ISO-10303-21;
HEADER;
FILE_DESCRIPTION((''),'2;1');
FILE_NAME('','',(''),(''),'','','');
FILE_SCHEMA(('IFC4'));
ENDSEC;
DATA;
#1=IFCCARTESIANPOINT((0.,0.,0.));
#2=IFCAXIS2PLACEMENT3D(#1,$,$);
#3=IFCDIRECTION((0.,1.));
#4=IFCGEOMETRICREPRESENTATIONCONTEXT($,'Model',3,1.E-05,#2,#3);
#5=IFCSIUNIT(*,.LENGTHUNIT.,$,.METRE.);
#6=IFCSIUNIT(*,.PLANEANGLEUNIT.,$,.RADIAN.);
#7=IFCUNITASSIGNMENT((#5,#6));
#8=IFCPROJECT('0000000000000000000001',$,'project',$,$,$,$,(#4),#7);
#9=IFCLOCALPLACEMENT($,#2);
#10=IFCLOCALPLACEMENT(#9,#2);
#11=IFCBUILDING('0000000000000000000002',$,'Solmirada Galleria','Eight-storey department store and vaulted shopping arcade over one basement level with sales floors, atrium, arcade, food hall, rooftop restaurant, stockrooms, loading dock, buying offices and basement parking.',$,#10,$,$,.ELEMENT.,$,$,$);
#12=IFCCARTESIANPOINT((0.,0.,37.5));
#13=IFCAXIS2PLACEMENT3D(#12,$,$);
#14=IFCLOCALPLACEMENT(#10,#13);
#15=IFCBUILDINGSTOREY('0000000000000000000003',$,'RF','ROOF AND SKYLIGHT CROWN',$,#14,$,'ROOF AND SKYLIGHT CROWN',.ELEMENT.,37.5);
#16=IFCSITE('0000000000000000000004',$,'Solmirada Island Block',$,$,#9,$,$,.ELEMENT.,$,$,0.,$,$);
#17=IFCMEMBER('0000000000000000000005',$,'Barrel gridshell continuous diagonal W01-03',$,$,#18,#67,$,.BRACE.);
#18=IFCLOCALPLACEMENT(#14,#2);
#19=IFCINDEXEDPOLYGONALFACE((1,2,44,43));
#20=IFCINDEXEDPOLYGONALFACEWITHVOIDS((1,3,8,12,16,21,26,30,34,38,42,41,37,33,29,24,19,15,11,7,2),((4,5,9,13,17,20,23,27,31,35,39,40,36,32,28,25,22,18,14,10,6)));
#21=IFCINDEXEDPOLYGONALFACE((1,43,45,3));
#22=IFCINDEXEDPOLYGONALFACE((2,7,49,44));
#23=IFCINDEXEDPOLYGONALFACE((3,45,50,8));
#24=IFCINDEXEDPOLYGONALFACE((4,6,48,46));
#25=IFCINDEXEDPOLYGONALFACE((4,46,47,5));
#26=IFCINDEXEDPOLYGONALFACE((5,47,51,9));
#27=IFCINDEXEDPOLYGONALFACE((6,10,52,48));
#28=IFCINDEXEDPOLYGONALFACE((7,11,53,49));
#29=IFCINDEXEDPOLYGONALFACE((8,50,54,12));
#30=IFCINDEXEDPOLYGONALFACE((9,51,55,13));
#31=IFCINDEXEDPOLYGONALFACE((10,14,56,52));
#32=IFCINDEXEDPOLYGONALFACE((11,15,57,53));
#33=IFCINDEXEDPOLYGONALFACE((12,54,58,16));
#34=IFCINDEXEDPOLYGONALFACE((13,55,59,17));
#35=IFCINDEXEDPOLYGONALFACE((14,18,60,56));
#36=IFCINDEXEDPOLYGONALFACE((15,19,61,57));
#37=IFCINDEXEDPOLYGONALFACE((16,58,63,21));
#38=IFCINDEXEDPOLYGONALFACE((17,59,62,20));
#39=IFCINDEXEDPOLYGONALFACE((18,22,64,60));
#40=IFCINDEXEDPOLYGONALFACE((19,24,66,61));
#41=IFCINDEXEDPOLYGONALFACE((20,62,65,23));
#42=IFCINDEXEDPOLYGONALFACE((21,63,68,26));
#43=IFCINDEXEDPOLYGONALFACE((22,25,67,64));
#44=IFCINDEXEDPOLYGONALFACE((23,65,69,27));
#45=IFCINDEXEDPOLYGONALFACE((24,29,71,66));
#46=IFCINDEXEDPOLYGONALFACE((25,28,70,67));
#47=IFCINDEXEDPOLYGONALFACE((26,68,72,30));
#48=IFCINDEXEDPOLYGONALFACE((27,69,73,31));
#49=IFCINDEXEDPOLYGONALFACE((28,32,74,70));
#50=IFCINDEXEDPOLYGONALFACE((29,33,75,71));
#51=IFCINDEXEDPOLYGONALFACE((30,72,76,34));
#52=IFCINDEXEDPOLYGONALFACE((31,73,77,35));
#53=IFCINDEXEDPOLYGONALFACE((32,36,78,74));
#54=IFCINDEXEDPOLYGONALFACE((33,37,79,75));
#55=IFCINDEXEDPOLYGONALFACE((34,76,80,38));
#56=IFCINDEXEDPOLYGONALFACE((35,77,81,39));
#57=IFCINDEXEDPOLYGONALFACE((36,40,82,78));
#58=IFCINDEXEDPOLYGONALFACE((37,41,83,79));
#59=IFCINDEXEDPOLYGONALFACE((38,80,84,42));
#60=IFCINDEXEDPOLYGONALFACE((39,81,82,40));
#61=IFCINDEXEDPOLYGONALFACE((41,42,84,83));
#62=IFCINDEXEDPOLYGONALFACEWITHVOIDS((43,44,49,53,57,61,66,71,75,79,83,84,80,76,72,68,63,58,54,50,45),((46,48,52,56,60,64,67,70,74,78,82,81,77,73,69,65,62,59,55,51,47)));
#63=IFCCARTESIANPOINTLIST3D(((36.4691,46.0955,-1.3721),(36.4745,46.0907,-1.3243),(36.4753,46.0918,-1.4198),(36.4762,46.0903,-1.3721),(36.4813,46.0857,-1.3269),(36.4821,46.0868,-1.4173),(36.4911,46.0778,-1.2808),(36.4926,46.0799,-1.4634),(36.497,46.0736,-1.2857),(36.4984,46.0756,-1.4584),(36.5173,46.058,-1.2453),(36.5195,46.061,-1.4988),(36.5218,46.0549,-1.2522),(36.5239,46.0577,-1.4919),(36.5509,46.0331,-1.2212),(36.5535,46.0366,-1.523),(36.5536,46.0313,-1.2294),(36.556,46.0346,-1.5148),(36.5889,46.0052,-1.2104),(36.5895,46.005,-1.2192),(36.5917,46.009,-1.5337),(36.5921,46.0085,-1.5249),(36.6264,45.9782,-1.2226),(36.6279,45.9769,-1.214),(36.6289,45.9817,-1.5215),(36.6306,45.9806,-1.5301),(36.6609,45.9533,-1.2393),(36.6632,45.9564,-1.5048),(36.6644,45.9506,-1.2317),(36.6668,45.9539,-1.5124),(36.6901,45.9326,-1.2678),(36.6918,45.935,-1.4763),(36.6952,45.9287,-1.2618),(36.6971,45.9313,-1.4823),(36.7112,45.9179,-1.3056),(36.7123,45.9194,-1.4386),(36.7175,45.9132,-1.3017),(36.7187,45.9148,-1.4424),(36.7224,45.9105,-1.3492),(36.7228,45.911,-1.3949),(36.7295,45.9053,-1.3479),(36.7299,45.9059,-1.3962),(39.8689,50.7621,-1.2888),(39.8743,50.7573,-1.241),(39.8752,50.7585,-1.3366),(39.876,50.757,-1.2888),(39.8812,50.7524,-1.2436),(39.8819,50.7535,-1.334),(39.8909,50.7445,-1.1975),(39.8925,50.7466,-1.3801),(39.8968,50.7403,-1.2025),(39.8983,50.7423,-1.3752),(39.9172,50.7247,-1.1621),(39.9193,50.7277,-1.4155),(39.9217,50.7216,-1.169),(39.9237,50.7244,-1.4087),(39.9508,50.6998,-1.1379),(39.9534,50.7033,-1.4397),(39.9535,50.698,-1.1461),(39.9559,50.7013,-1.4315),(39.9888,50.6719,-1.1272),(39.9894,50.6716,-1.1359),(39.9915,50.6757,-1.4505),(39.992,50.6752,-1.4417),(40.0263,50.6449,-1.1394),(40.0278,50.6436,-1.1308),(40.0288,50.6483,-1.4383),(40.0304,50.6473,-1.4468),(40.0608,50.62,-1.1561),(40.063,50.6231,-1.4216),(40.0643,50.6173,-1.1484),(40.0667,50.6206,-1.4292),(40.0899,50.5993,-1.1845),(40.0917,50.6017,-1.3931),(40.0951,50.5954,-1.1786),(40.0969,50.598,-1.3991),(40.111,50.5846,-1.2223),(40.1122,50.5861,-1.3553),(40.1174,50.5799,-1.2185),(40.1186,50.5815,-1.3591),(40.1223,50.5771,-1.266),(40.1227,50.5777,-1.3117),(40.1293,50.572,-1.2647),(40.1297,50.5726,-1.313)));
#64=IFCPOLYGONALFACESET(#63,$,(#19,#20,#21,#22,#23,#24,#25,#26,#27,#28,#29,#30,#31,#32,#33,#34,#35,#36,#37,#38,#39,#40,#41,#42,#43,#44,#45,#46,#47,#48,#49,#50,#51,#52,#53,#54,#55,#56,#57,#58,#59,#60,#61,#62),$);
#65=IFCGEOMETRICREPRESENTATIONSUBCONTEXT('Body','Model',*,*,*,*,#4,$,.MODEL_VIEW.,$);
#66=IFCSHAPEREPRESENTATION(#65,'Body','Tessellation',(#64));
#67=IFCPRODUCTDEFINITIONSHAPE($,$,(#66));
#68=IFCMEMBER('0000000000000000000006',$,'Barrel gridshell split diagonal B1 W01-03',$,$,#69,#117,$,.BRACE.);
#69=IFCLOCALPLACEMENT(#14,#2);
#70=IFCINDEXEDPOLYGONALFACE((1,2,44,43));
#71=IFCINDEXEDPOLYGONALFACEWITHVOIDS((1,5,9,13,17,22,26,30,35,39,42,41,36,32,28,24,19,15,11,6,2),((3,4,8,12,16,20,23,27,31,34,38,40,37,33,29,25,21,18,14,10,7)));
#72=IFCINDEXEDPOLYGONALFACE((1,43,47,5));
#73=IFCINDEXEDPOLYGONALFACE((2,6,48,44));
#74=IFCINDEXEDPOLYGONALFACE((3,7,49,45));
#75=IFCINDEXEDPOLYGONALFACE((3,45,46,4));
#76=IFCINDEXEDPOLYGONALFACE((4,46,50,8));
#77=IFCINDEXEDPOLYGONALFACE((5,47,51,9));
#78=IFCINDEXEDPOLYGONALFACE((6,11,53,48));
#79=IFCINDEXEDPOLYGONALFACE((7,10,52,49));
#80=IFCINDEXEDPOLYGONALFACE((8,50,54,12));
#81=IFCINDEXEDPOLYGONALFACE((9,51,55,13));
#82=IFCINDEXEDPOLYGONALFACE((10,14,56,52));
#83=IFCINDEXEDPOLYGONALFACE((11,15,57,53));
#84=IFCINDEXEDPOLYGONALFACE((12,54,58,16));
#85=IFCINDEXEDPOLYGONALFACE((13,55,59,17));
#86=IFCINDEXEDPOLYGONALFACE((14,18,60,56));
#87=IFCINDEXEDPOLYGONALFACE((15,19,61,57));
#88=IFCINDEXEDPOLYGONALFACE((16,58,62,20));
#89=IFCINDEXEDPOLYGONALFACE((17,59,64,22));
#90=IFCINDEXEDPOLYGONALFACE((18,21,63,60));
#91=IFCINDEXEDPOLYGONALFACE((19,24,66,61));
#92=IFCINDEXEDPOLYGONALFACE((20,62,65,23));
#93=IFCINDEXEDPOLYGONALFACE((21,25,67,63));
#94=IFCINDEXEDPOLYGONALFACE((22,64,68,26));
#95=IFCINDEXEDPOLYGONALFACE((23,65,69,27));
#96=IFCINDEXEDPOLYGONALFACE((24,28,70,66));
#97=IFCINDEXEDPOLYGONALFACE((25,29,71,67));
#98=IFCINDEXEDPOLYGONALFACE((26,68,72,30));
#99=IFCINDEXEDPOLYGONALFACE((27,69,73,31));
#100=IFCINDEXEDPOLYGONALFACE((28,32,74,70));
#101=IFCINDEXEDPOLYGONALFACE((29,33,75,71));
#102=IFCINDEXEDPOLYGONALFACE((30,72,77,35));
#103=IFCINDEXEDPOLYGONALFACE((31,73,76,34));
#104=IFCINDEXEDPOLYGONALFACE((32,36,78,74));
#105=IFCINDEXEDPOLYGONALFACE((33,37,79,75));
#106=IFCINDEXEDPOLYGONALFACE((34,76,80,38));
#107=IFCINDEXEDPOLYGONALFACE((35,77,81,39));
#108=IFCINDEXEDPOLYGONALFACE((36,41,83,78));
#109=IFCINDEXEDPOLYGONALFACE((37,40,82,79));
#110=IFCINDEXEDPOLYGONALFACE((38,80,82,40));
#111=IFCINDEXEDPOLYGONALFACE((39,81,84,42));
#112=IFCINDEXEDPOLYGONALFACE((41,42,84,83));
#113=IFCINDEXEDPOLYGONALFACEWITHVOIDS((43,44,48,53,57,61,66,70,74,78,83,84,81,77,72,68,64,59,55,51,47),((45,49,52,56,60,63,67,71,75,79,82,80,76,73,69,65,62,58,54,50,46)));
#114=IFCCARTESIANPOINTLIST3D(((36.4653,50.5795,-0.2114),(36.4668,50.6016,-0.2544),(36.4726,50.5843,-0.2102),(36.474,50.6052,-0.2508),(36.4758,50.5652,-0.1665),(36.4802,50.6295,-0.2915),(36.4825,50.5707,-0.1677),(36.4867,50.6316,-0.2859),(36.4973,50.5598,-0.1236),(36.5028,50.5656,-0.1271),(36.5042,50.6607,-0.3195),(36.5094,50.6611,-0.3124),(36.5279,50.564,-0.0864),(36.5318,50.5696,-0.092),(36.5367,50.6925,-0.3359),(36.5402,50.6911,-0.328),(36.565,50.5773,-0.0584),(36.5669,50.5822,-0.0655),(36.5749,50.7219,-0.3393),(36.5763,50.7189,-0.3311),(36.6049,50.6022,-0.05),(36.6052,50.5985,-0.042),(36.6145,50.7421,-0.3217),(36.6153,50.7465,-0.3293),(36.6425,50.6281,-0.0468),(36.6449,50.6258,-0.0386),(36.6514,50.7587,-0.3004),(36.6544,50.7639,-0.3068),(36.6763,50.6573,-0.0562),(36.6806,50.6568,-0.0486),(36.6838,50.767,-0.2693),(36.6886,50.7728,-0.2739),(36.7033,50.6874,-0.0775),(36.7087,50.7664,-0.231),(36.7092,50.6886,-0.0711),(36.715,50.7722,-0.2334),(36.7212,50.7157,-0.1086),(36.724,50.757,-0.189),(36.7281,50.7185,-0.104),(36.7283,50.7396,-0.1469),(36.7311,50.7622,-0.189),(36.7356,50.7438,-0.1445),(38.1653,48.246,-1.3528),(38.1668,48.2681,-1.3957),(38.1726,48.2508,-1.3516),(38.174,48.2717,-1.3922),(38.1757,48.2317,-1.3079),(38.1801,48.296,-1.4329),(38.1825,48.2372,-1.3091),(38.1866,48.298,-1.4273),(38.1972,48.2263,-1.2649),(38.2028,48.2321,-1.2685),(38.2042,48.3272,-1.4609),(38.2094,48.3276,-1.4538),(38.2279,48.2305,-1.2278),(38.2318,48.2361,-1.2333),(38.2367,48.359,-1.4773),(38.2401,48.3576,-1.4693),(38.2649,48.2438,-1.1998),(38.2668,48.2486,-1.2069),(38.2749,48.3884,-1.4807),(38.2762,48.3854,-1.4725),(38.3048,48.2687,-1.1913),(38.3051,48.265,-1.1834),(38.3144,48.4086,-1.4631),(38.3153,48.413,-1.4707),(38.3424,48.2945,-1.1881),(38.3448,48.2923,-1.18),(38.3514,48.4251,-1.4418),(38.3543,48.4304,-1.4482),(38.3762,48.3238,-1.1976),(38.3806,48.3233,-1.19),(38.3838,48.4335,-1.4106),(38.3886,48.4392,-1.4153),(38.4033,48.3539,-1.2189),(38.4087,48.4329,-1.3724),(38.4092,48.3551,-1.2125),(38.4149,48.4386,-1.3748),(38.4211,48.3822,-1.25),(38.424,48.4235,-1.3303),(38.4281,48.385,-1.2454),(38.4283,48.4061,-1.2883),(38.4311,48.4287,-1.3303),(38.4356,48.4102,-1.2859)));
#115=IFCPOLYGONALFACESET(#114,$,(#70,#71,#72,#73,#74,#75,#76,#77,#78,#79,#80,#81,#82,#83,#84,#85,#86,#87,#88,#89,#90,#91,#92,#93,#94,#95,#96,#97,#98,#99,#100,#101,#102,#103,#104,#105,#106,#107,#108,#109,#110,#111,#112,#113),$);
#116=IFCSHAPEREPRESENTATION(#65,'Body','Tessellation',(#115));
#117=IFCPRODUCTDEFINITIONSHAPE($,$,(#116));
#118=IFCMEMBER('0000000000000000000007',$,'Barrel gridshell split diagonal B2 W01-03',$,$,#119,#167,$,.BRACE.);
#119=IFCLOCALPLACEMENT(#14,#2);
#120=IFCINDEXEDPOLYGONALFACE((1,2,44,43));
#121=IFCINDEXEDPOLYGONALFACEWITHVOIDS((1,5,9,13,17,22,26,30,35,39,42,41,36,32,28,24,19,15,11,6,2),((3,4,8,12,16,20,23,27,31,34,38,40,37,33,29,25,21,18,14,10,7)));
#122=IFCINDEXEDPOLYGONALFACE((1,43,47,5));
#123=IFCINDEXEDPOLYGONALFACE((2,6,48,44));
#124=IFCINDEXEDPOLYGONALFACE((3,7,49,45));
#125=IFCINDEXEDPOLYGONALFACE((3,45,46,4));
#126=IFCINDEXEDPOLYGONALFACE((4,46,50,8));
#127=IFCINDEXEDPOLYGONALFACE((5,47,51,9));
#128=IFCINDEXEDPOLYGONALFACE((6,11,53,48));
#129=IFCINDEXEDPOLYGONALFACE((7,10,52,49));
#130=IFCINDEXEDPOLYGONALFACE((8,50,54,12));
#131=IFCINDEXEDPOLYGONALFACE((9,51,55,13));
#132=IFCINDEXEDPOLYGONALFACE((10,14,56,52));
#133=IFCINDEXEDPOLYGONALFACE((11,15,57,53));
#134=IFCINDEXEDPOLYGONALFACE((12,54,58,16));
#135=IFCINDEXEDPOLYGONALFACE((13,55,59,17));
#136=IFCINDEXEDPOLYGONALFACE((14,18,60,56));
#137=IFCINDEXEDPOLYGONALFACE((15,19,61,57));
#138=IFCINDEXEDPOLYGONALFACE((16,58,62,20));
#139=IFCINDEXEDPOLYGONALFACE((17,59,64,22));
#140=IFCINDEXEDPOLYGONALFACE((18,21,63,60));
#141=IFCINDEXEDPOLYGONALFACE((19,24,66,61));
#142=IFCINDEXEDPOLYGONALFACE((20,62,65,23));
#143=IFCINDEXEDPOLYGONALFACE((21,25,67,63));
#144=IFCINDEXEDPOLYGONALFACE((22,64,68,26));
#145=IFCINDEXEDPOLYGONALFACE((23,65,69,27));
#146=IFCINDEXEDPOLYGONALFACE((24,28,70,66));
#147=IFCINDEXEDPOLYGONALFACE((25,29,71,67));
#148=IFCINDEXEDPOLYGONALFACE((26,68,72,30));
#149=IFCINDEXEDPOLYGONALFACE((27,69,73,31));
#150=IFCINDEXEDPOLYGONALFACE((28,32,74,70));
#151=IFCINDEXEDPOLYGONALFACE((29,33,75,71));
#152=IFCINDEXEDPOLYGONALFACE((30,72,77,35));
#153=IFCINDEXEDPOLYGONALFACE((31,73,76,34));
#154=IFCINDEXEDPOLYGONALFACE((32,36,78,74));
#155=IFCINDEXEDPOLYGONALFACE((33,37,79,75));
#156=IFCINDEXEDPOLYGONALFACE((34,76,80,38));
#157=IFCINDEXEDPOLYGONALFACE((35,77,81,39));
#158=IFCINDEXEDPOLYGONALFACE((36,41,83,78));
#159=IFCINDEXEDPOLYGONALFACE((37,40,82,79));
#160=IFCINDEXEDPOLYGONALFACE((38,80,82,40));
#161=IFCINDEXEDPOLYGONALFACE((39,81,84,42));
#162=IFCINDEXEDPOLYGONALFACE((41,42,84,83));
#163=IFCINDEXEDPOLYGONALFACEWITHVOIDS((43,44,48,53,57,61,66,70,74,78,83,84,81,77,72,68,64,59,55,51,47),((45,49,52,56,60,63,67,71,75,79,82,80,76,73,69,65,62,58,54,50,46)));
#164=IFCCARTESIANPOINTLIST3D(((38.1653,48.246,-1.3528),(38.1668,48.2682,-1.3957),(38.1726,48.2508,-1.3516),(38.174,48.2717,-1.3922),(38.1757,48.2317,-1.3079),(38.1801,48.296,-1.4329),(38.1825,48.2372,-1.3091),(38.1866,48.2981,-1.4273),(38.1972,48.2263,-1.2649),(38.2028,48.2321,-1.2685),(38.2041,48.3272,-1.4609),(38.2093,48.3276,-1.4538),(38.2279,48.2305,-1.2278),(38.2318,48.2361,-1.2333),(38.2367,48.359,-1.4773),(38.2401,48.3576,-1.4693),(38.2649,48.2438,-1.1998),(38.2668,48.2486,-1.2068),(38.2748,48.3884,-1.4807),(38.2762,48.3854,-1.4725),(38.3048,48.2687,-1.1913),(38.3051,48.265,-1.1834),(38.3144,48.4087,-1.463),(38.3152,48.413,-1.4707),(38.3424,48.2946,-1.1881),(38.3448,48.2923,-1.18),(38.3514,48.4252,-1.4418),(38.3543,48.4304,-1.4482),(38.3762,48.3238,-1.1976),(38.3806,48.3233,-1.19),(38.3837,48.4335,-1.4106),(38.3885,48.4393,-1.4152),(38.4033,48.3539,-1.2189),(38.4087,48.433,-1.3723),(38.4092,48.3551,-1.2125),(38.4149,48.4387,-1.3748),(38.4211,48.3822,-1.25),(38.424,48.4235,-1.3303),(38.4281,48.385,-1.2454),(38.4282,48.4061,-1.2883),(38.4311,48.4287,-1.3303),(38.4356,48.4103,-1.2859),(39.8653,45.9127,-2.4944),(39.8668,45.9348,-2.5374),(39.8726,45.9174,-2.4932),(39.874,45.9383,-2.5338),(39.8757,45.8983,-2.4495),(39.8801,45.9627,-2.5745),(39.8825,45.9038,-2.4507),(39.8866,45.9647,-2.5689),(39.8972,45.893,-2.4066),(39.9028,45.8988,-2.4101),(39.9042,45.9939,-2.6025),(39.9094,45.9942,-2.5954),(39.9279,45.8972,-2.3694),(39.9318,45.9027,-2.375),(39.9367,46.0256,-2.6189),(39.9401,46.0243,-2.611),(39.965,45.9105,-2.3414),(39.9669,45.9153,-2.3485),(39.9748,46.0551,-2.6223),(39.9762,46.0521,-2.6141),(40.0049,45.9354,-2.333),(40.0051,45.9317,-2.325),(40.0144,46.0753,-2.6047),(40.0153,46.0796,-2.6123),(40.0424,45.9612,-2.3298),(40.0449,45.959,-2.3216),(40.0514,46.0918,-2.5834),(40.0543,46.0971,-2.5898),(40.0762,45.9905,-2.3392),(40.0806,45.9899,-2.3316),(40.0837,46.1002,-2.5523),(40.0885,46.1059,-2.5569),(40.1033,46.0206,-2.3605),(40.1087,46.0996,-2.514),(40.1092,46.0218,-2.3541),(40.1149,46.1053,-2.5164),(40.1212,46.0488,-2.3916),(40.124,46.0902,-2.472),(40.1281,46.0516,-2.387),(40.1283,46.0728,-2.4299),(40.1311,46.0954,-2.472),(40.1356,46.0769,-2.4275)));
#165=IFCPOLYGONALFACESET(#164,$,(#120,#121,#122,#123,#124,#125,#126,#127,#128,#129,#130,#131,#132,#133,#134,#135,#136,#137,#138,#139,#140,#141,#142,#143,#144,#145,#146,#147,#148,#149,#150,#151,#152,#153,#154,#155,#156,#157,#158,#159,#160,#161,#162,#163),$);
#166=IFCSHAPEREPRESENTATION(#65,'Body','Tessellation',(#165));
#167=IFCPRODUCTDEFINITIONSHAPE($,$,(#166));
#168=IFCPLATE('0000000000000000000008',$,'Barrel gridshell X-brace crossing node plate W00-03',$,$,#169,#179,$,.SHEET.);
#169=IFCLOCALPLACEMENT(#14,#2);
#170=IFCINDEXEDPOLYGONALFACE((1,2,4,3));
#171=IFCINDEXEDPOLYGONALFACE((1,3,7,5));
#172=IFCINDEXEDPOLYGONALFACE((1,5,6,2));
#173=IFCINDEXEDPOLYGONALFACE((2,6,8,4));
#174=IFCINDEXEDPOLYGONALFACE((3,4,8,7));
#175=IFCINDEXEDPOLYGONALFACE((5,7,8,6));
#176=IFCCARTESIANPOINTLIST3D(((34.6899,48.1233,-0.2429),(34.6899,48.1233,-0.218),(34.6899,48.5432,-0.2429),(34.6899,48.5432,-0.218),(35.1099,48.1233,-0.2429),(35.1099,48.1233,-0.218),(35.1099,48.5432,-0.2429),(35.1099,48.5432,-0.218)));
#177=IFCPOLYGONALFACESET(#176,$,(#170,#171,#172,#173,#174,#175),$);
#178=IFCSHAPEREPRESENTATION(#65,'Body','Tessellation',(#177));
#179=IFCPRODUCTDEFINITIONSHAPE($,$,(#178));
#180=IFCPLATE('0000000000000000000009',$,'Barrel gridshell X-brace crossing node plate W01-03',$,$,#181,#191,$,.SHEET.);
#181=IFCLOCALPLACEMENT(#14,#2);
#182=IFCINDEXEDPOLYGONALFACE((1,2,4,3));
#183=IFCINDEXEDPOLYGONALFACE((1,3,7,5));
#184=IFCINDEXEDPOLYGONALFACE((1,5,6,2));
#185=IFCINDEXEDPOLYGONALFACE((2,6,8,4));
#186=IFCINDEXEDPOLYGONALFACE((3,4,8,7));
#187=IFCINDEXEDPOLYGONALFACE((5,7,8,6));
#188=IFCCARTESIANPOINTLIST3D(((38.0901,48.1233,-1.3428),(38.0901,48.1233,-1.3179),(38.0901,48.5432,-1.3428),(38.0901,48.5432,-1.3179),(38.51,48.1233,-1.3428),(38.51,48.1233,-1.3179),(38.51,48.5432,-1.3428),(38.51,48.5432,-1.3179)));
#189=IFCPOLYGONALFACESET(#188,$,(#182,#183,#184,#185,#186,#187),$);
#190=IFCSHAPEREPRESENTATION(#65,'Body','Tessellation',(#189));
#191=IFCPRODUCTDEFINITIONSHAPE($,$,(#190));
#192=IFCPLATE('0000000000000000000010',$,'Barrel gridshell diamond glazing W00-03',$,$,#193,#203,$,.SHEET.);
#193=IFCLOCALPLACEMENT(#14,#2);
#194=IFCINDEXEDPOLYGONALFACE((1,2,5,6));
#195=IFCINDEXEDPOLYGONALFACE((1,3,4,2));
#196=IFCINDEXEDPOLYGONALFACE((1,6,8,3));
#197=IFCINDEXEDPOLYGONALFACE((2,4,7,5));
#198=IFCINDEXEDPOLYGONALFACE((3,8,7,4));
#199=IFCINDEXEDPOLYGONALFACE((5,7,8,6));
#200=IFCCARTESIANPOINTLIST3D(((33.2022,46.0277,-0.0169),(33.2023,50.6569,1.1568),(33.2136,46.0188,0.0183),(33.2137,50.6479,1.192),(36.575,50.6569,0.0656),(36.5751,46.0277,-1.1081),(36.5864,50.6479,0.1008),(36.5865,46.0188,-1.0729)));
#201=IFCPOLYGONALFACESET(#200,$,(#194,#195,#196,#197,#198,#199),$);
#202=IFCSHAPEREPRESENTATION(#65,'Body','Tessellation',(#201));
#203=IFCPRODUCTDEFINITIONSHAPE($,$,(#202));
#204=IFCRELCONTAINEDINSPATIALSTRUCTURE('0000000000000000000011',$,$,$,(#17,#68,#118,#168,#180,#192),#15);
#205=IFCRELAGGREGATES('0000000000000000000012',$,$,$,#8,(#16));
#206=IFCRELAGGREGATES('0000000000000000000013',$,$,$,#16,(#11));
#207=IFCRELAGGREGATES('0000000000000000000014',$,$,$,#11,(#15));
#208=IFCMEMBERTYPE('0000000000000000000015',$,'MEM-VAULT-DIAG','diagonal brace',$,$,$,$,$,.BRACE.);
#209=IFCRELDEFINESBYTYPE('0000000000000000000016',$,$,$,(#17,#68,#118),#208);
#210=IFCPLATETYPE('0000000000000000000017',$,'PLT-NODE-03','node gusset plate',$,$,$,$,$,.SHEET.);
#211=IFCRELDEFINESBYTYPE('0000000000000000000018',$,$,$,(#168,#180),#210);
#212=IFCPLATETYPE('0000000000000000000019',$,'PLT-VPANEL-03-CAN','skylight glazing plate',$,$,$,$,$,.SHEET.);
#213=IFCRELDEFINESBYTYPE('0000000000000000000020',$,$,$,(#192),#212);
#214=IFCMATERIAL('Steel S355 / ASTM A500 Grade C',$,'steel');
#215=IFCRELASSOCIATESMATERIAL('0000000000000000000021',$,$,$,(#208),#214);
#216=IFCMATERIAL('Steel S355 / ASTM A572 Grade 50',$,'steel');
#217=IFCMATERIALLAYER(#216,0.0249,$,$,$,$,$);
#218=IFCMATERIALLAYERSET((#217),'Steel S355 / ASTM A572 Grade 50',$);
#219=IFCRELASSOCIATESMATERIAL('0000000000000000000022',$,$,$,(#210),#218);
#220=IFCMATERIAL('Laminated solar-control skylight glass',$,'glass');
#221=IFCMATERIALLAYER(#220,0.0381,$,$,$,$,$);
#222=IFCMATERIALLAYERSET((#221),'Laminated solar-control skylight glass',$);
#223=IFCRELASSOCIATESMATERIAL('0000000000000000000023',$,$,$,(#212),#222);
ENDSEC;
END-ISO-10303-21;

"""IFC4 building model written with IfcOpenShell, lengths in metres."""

from ifc_helpers import new_model, si_unit, direction, frame, origin, origin_2d, place, context, subcontext, project, spatial, polyline, rectangle, hollow_circle, outline, extrude, material, layer, layer_set, material_profile, profile_set, type_object, element, save


model = new_model("IFC4")

# Units and contexts
model_context = context("Model", 3, precision=1e-05, world=origin(), true_north=direction((0.0, 1.0)))
body_context = subcontext(model_context, "Body", "Model", "MODEL_VIEW")
ifc_project = project(units=[si_unit("LENGTHUNIT", "METRE"), si_unit("PLANEANGLEUNIT", "RADIAN")], contexts=[model_context])

# Site, building, storey
site_placement = place(None, origin())
site = spatial("IfcSite", under=ifc_project, at=site_placement, Name="Solmirada Island Block", CompositionType="ELEMENT", RefElevation=0.0)
building_placement = place(site_placement, origin())
building = spatial("IfcBuilding", under=site, at=building_placement, Name="Solmirada Galleria", Description="Eight-storey department store and vaulted shopping arcade over one basement level with sales floors, atrium, arcade, food hall, rooftop restaurant, stockrooms, loading dock, buying offices and basement parking.", CompositionType="ELEMENT")
storey_placement = place(building_placement, frame((0.0, 0.0, 37.5)))
storey = spatial("IfcBuildingStorey", under=building, at=storey_placement, Name="RF", Description="ROOF AND SKYLIGHT CROWN", LongName="ROOF AND SKYLIGHT CROWN", CompositionType="ELEMENT", Elevation=37.5)

# Members
ifc_material_1 = material(Name="Steel S355 / ASTM A500 Grade C", Category="steel")
ifc_material_profile_1 = material_profile(ifc_material_1, hollow_circle(Radius=0.1621, WallThickness=0.0088, at=origin_2d()), Name="HSS12.750X0.375")
ifc_profile_set_1 = profile_set([ifc_material_profile_1], Name="Steel S355 / ASTM A500 Grade C")
member_type_1 = type_object("IfcMemberType", Name="MEM-VAULT-DIAG", Description="diagonal brace", PredefinedType="BRACE", material=ifc_profile_set_1)
member_1_placement = place(storey_placement, frame((36.6001, 46.0, -1.3721), z_axis=(0.588779, 0.808165, 0.014417), x_axis=(-0.808249, 0.58884, 0.0)))
element("IfcMember", 1, at=member_1_placement, inside=storey, type_object=member_type_1, Name="Barrel gridshell continuous diagonal W01-03", PredefinedType="BRACE", context=body_context, shape_type="SweptSolid", body=[
    extrude(hollow_circle(Radius=0.1621, WallThickness=0.0088, at=origin_2d()), origin(), (0.0, 0.0, 1.0), 5.7744),
])
for number, where, z_axis, x_axis, name in (
    (2, (36.6001, 50.6667, -0.189), (0.547582, -0.751657, -0.36765), (0.808264, 0.58882, 0.0), "Barrel gridshell split diagonal B1 W01-03"),
    (3, (38.3, 48.3333, -1.3303), (0.547598, -0.751601, -0.367739), (0.808235, 0.58886, 0.0), "Barrel gridshell split diagonal B2 W01-03"),
):
    element("IfcMember", number, at=place(storey_placement, frame(where, z_axis=z_axis, x_axis=x_axis)), inside=storey, type_object=member_type_1, Name=name, PredefinedType="BRACE", context=body_context, shape_type="SweptSolid", body=[
        extrude(hollow_circle(Radius=0.1621, WallThickness=0.0088, at=origin_2d()), origin(), (0.0, 0.0, 1.0), 3.1045),
    ])

# Plates
ifc_material_2 = material(Name="Steel S355 / ASTM A572 Grade 50", Category="steel")
ifc_layer_1 = layer(ifc_material_2, 0.0249)
ifc_layer_set_1 = layer_set([ifc_layer_1], Name="Steel S355 / ASTM A572 Grade 50")
plate_type_1 = type_object("IfcPlateType", Name="PLT-NODE-03", Description="node gusset plate", PredefinedType="SHEET", material=ifc_layer_set_1)
for number, where, z_axis, x_axis, name in (
    (4, (34.8999, 48.3333, -0.2429), (0.0, 0.0, 1.0), (1.0, 0.0, 0.0), "Barrel gridshell X-brace crossing node plate W00-03"),
    (5, (38.3, 48.3333, -1.3428), (0.0, 0.0, 1.0), (1.0, 0.0, 0.0), "Barrel gridshell X-brace crossing node plate W01-03"),
):
    element("IfcPlate", number, at=place(storey_placement, frame(where, z_axis=z_axis, x_axis=x_axis)), inside=storey, type_object=plate_type_1, Name=name, PredefinedType="SHEET", context=body_context, shape_type="SweptSolid", body=[
        extrude(rectangle(XDim=0.4199, YDim=0.4199, at=origin_2d()), origin(), (0.0, 0.0, 1.0), 0.0249),
    ])
ifc_material_3 = material(Name="Laminated solar-control skylight glass", Category="glass")
ifc_layer_2 = layer(ifc_material_3, 0.0381)
ifc_layer_set_2 = layer_set([ifc_layer_2], Name="Laminated solar-control skylight glass")
plate_type_2 = type_object("IfcPlateType", Name="PLT-VPANEL-03-CAN", Description="skylight glazing plate", PredefinedType="SHEET", material=ifc_layer_set_2)
plate_1_placement = place(storey_placement, frame((33.2136, 46.0188, 0.0183), z_axis=(0.299233, -0.234509, 0.924914), x_axis=(0.951445, -0.000007, -0.307818)))
element("IfcPlate", 6, at=plate_1_placement, inside=storey, type_object=plate_type_2, Name="Barrel gridshell diamond glazing W00-03", PredefinedType="SHEET", context=body_context, shape_type="SweptSolid", body=[
    extrude(outline(polyline([(0.0, 0.0), (3.545, 0.0), (3.1836, 4.762), (-0.3613, 4.7619), (0.0, 0.0)])), origin(), (0.0, 0.0, -1.0), 0.0381),
])

save(model, "model.ifc")
